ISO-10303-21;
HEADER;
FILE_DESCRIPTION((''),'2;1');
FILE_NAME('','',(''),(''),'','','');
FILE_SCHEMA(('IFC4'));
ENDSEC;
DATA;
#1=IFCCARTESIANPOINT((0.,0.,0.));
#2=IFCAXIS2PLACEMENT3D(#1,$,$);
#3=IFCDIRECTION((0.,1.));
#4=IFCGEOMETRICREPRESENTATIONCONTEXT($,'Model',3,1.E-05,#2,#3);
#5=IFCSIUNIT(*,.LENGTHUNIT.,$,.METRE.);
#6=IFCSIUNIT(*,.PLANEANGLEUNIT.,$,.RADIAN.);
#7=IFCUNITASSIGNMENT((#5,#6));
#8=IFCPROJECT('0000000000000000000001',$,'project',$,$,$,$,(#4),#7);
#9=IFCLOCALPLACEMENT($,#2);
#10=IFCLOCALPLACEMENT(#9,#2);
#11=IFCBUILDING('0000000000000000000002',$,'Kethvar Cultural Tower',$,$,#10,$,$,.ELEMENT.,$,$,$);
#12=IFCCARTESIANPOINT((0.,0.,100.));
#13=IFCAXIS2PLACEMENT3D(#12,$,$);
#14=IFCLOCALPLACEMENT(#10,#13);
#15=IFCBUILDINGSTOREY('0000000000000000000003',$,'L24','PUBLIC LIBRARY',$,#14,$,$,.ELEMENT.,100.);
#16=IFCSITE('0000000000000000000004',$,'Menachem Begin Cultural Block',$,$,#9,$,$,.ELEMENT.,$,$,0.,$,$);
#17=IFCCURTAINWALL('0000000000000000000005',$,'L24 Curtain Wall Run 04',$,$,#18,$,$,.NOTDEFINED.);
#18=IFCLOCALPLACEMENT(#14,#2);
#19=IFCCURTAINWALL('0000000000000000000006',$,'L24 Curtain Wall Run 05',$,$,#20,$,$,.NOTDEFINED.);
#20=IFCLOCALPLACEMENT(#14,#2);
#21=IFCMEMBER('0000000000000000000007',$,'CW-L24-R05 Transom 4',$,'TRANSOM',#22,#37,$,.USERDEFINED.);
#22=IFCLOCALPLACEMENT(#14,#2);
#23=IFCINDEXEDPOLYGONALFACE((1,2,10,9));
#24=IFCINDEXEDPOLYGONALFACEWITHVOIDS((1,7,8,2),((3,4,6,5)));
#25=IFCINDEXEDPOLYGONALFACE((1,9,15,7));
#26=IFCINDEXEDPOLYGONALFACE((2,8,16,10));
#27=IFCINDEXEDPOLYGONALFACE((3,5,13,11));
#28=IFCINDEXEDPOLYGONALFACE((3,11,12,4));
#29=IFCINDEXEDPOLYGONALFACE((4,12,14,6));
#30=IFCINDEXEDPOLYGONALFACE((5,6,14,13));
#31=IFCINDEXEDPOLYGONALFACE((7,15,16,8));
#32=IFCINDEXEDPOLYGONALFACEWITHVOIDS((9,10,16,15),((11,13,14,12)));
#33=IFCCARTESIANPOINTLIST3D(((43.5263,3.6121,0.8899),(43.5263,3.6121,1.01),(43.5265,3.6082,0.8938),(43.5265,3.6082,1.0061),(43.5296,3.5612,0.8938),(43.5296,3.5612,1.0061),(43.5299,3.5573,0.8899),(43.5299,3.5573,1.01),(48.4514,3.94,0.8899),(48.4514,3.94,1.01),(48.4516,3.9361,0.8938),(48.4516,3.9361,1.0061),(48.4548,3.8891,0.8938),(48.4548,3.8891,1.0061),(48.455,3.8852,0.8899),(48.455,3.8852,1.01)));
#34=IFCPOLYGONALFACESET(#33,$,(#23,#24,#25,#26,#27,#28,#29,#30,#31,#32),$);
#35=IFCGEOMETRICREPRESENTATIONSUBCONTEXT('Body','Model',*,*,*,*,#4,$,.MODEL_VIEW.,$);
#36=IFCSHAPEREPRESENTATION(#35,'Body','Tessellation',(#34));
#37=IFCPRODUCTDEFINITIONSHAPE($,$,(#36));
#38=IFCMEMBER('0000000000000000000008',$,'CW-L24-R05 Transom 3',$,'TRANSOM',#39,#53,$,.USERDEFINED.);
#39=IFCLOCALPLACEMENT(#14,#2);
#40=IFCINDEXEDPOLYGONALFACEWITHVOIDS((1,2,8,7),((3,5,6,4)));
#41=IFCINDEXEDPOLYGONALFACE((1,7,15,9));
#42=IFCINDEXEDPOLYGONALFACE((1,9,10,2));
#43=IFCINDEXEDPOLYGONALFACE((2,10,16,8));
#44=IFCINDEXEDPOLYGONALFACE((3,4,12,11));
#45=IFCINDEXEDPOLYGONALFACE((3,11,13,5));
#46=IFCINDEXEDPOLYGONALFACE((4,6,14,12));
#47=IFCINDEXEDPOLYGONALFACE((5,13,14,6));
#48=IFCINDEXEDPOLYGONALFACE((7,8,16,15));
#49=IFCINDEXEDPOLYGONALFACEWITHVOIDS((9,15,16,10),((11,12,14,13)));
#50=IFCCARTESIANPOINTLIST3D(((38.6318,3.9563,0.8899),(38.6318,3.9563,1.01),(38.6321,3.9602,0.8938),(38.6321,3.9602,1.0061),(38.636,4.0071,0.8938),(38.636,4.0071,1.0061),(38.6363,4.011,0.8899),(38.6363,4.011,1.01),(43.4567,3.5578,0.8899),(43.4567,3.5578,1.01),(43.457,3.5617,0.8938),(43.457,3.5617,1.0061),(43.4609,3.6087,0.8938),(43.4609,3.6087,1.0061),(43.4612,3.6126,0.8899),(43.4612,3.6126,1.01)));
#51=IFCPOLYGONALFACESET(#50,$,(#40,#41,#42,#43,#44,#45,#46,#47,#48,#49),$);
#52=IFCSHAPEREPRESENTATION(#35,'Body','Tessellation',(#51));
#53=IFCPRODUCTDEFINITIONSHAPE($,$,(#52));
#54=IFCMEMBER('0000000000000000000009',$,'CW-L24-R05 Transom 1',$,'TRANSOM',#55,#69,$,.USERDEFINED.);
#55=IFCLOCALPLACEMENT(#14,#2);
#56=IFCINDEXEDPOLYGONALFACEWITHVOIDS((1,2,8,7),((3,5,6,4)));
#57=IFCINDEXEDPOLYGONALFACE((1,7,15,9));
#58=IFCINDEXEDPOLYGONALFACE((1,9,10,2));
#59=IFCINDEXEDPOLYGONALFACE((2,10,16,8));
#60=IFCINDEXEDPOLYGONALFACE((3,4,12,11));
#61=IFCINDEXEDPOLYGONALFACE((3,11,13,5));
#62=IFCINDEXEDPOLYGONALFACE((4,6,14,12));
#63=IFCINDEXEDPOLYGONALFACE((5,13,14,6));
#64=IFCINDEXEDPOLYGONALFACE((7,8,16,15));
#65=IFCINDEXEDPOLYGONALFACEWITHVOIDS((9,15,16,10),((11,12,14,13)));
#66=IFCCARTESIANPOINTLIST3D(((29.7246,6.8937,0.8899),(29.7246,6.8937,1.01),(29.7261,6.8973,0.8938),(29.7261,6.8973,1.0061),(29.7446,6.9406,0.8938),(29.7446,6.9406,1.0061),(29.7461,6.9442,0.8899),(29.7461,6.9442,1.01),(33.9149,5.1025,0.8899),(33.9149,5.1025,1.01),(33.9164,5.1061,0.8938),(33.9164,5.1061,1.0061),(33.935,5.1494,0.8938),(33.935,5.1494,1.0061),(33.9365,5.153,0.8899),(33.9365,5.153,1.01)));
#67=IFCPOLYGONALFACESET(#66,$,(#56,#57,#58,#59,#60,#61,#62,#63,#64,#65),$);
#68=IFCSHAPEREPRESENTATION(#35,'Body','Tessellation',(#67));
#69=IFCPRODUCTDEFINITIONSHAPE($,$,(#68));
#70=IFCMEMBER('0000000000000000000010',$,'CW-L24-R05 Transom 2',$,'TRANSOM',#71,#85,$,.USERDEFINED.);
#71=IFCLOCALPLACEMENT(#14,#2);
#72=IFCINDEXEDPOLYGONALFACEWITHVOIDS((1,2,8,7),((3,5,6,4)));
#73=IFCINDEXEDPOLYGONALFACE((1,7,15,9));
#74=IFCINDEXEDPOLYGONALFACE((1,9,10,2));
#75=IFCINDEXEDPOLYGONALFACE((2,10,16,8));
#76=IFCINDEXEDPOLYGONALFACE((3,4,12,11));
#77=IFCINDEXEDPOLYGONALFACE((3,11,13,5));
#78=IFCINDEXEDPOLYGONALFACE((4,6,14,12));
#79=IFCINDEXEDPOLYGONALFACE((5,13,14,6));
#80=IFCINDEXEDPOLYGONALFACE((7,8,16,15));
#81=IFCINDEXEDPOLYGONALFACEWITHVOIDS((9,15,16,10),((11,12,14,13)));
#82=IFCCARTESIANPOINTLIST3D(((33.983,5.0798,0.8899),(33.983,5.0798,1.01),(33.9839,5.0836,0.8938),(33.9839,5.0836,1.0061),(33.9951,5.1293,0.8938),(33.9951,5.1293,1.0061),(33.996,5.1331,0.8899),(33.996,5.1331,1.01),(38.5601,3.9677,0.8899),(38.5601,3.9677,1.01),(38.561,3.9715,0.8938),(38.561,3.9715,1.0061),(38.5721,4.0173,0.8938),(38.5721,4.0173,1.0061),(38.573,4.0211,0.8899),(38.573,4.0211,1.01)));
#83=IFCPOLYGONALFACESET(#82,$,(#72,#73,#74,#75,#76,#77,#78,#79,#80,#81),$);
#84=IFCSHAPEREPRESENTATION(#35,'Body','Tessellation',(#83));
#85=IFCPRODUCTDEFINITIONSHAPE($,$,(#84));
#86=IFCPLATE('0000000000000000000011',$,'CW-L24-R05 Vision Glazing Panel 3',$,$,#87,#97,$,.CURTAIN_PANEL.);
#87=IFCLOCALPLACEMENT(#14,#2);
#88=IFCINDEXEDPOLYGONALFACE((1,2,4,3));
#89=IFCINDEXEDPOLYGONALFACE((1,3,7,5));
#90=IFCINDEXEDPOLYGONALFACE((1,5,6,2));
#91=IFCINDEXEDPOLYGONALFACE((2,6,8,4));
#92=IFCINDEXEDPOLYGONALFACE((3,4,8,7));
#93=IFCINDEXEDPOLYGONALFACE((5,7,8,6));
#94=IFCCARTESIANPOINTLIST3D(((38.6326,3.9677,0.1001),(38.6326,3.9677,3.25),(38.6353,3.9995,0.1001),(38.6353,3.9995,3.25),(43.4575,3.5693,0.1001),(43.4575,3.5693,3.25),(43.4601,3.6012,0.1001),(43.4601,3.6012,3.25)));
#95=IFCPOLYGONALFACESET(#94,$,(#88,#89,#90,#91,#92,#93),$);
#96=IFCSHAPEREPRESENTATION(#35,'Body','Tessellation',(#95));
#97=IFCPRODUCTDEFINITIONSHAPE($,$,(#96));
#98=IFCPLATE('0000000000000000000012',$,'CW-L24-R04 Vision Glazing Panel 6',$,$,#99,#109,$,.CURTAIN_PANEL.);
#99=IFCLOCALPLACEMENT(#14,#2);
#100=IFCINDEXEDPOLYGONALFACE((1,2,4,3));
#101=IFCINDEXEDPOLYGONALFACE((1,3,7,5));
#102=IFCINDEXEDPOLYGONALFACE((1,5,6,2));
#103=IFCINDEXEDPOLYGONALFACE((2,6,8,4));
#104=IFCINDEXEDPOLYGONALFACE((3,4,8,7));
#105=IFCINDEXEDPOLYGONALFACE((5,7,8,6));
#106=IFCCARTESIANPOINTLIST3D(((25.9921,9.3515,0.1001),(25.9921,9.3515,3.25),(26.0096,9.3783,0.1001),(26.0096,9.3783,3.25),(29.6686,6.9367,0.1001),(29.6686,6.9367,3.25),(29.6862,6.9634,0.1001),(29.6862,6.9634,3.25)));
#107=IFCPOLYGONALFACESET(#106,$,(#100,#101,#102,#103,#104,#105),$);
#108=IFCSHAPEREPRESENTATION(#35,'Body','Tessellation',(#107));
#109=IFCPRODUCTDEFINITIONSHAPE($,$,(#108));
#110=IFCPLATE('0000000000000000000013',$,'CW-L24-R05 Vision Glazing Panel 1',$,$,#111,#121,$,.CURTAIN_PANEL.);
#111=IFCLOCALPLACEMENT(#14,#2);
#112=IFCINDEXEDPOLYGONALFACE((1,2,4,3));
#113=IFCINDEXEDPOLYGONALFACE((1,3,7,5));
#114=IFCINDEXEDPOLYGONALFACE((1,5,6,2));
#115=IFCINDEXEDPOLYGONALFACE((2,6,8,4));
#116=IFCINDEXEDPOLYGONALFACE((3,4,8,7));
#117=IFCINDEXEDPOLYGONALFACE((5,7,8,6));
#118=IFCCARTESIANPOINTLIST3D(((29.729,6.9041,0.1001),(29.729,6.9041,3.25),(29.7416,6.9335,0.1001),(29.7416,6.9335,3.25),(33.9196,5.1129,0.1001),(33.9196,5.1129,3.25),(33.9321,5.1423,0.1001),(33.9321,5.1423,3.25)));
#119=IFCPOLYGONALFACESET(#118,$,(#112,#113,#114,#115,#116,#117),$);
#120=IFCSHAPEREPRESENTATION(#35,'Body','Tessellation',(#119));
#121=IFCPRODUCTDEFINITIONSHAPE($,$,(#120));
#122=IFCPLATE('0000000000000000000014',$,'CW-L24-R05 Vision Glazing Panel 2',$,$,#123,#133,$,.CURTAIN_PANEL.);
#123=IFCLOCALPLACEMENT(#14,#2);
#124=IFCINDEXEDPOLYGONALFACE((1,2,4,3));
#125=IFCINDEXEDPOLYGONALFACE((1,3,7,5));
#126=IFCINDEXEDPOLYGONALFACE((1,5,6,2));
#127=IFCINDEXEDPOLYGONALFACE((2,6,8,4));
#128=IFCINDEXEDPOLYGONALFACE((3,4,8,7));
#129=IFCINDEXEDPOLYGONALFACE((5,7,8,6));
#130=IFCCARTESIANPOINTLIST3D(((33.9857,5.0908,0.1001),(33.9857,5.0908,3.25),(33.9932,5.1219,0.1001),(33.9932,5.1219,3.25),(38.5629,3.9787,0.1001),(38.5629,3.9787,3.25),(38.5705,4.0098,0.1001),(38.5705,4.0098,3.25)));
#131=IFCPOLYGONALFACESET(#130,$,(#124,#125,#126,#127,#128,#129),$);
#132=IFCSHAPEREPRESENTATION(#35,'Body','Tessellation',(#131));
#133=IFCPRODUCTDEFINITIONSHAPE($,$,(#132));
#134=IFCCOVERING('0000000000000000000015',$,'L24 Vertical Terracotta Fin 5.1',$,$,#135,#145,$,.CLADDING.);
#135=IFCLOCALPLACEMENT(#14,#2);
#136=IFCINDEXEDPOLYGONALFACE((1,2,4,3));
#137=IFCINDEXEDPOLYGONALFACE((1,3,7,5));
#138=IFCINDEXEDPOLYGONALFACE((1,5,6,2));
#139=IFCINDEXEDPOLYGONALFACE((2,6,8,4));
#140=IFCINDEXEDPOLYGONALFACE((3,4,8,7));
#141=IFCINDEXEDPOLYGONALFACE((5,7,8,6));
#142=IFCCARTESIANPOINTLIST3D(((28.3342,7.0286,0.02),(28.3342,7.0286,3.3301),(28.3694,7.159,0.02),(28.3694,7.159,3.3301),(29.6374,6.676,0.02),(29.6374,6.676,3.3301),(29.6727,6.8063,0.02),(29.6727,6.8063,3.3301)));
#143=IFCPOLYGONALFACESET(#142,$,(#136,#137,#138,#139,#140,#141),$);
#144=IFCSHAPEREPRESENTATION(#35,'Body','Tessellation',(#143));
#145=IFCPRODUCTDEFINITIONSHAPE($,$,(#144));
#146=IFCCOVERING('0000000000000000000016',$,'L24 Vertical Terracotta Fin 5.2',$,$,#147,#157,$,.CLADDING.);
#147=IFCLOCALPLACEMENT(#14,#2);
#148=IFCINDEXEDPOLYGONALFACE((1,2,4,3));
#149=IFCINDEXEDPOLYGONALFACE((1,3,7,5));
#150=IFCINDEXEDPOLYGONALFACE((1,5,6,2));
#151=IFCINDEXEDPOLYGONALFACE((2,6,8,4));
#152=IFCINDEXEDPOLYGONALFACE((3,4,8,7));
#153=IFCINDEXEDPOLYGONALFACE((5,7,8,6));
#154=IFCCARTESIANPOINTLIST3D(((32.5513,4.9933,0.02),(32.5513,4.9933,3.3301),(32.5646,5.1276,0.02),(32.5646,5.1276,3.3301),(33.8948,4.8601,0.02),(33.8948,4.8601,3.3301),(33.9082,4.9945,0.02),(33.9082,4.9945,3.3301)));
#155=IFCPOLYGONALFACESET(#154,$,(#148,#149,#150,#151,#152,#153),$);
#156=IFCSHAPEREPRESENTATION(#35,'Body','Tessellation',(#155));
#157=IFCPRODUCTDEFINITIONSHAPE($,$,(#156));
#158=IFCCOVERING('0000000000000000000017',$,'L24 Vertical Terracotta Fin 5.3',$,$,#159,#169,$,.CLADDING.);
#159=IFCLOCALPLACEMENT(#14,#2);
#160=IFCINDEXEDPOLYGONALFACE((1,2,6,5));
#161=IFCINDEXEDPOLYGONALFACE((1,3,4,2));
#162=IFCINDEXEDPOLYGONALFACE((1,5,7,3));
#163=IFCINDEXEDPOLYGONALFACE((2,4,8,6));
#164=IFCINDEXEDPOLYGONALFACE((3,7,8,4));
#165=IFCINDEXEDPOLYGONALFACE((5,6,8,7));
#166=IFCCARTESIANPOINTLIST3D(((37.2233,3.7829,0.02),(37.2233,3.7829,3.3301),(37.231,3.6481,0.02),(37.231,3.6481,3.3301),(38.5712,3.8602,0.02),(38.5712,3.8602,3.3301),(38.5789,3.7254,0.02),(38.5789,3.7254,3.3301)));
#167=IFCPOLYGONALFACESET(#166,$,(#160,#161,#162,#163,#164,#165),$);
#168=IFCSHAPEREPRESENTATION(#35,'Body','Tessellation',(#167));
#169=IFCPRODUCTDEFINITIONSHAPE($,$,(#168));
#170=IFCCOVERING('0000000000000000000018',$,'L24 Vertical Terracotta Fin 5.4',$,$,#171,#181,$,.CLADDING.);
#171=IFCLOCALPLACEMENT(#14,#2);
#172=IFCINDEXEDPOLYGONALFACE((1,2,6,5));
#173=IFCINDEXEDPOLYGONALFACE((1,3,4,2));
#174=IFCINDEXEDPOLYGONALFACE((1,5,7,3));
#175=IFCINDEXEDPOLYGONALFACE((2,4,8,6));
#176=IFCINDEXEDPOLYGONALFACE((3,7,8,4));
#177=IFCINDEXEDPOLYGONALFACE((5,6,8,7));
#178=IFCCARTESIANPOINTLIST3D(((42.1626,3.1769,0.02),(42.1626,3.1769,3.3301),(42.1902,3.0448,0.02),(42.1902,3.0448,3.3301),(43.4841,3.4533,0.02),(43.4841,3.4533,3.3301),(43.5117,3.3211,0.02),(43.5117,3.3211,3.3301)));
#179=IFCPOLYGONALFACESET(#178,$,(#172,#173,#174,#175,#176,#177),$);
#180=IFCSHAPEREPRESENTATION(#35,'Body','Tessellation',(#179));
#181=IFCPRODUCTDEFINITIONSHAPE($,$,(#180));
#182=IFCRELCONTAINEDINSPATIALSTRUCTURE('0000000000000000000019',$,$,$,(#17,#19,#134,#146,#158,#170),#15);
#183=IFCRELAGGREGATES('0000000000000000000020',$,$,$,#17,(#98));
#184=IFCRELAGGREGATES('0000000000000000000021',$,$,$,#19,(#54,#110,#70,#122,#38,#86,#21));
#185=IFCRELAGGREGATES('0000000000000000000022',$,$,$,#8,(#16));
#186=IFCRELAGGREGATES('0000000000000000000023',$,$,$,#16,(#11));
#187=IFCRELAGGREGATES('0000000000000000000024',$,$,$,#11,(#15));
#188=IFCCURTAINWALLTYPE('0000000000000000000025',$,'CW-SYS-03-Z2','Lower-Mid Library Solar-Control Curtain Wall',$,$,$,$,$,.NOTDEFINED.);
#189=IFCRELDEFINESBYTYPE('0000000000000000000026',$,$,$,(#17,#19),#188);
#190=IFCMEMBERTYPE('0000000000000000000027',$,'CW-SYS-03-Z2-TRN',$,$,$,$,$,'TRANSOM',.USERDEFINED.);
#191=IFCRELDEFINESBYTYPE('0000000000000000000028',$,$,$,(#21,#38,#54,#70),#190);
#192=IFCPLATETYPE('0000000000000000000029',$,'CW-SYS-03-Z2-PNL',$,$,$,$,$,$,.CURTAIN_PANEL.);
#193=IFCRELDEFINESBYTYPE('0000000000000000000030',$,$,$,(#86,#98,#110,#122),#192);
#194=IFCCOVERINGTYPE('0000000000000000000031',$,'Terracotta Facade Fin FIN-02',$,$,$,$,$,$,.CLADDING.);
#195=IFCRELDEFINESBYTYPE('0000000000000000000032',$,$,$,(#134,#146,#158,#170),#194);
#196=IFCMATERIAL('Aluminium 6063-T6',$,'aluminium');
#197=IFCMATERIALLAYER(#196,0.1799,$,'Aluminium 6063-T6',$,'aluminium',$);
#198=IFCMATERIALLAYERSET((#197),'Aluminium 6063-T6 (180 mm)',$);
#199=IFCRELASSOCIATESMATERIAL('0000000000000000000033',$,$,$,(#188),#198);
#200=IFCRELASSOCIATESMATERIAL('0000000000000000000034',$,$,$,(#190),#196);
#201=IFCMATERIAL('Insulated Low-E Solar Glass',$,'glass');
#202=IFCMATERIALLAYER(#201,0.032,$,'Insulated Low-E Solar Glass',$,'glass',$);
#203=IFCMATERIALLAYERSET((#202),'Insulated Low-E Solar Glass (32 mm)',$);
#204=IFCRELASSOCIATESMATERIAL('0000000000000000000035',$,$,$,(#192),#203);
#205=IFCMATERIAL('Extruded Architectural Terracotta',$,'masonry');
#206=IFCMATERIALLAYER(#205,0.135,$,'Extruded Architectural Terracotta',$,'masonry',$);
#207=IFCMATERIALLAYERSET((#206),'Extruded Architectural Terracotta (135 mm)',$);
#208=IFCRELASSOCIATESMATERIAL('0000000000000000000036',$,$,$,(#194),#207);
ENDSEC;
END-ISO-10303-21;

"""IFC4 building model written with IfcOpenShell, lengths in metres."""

from ifc_helpers import new_model, si_unit, direction, frame, origin, origin_2d, place, context, subcontext, project, spatial, rectangle, hollow_rectangle, extrude, source, transform, mapped, material, layer, layer_set, material_profile, profile_set, type_object, element, aggregate, save


model = new_model("IFC4")

# Units and contexts
model_context = context("Model", 3, precision=1e-05, world=origin(), true_north=direction((0.0, 1.0)))
body_context = subcontext(model_context, "Body", "Model", "MODEL_VIEW")
ifc_project = project(units=[si_unit("LENGTHUNIT", "METRE"), si_unit("PLANEANGLEUNIT", "RADIAN")], contexts=[model_context])

# Site, building, storey
site_placement = place(None, origin())
site = spatial("IfcSite", under=ifc_project, at=site_placement, Name="Menachem Begin Cultural Block", CompositionType="ELEMENT", RefElevation=0.0)
building_placement = place(site_placement, origin())
building = spatial("IfcBuilding", under=site, at=building_placement, Name="Kethvar Cultural Tower", CompositionType="ELEMENT")
storey_placement = place(building_placement, frame((0.0, 0.0, 100.0)))
storey = spatial("IfcBuildingStorey", under=building, at=storey_placement, Name="L24", Description="PUBLIC LIBRARY", CompositionType="ELEMENT", Elevation=100.0)

# Curtain wall
ifc_material_1 = material(Name="Aluminium 6063-T6", Category="aluminium")
ifc_layer_1 = layer(ifc_material_1, 0.1799, Name="Aluminium 6063-T6", Category="aluminium")
ifc_layer_set_1 = layer_set([ifc_layer_1], Name="Aluminium 6063-T6 (180 mm)")
curtain_wall_type = type_object("IfcCurtainWallType", Name="CW-SYS-03-Z2", Description="Lower-Mid Library Solar-Control Curtain Wall", PredefinedType="NOTDEFINED", material=ifc_layer_set_1)
curtain_wall_1_placement = place(storey_placement, origin())
curtain_wall_1 = element("IfcCurtainWall", 1, at=curtain_wall_1_placement, inside=storey, type_object=curtain_wall_type, Name="L24 Curtain Wall Run 04", PredefinedType="NOTDEFINED")

# Curtain wall, members, plate
curtain_wall_2_placement = place(storey_placement, origin())
curtain_wall_2 = element("IfcCurtainWall", 2, at=curtain_wall_2_placement, inside=storey, type_object=curtain_wall_type, Name="L24 Curtain Wall Run 05", PredefinedType="NOTDEFINED")
ifc_material_profile_1 = material_profile(ifc_material_1, hollow_rectangle(XDim=0.0549, YDim=0.1201, WallThickness=0.0039, at=origin_2d()), Name="Aluminium 6063-T6 — RHS120x55x4")
ifc_profile_set_1 = profile_set([ifc_material_profile_1], Name="Aluminium 6063-T6 — RHS120x55x4")
member_type_1 = type_object("IfcMemberType", Name="CW-SYS-03-Z2-TRN", ElementType="TRANSOM", PredefinedType="USERDEFINED", material=ifc_profile_set_1)
shared_shape_1 = source(origin(), body_context, "Body", "SweptSolid", [
    extrude(hollow_rectangle(XDim=0.0549, YDim=0.1201, WallThickness=0.0039, at=origin_2d()), origin(), (0.0, 0.0, 1.0), 4.936),
])
member_1_placement = place(storey_placement, frame((43.5281, 3.5847, 0.95), z_axis=(0.997791, 0.066427, 0.0), x_axis=(-0.066427, 0.997791, 0.0)))
member_1 = element("IfcMember", 3, at=member_1_placement, type_object=member_type_1, Name="CW-L24-R05 Transom 4", ObjectType="TRANSOM", PredefinedType="USERDEFINED", context=body_context, shape_type="MappedRepresentation", body=[
    mapped(shared_shape_1, transform((0.0, 0.0, 0.0), scale=1.0)),
])
shared_shape_2 = source(origin(), body_context, "Body", "SweptSolid", [
    extrude(hollow_rectangle(XDim=0.0549, YDim=0.1201, WallThickness=0.0039, at=origin_2d()), origin(), (0.0, 0.0, 1.0), 4.8413),
])
member_2_placement = place(storey_placement, frame((38.634, 3.9836, 0.95), z_axis=(0.996608, -0.082298, 0.0), x_axis=(0.082298, 0.996608, 0.0)))
member_2 = element("IfcMember", 4, at=member_2_placement, type_object=member_type_1, Name="CW-L24-R05 Transom 3", ObjectType="TRANSOM", PredefinedType="USERDEFINED", context=body_context, shape_type="MappedRepresentation", body=[
    mapped(shared_shape_2, transform((0.0, 0.0, 0.0), scale=1.0)),
])
shared_shape_3 = source(origin(), body_context, "Body", "SweptSolid", [
    extrude(hollow_rectangle(XDim=0.0549, YDim=0.1201, WallThickness=0.0039, at=origin_2d()), origin(), (0.0, 0.0, 1.0), 4.5571),
])
member_3_placement = place(storey_placement, frame((29.7354, 6.9189, 0.95), z_axis=(0.919513, -0.393059, 0.0), x_axis=(0.393059, 0.919513, 0.0)))
member_3 = element("IfcMember", 5, at=member_3_placement, type_object=member_type_1, Name="CW-L24-R05 Transom 1", ObjectType="TRANSOM", PredefinedType="USERDEFINED", context=body_context, shape_type="MappedRepresentation", body=[
    mapped(shared_shape_3, transform((0.0, 0.0, 0.0), scale=1.0)),
])
shared_shape_4 = source(origin(), body_context, "Body", "SweptSolid", [
    extrude(hollow_rectangle(XDim=0.0549, YDim=0.1201, WallThickness=0.0039, at=origin_2d()), origin(), (0.0, 0.0, 1.0), 4.7102),
])
member_4_placement = place(storey_placement, frame((33.9895, 5.1064, 0.95), z_axis=(0.971731, -0.236091, 0.0), x_axis=(0.236091, 0.971731, 0.0)))
member_4 = element("IfcMember", 6, at=member_4_placement, type_object=member_type_1, Name="CW-L24-R05 Transom 2", ObjectType="TRANSOM", PredefinedType="USERDEFINED", context=body_context, shape_type="MappedRepresentation", body=[
    mapped(shared_shape_4, transform((0.0, 0.0, 0.0), scale=1.0)),
])
ifc_material_2 = material(Name="Insulated Low-E Solar Glass", Category="glass")
ifc_layer_2 = layer(ifc_material_2, 0.032, Name="Insulated Low-E Solar Glass", Category="glass")
ifc_layer_set_2 = layer_set([ifc_layer_2], Name="Insulated Low-E Solar Glass (32 mm)")
plate_type = type_object("IfcPlateType", Name="CW-SYS-03-Z2-PNL", PredefinedType="CURTAIN_PANEL", material=ifc_layer_set_2)
shared_shape_5 = source(origin(), body_context, "Body", "SweptSolid", [
    extrude(rectangle(XDim=4.8413, YDim=0.032, at=origin_2d()), origin(), (0.0, 0.0, 1.0), 3.1499),
])
plate_1_placement = place(storey_placement, frame((41.0464, 3.7844, 0.1001), z_axis=(0.0, 0.0, 1.0), x_axis=(0.996609, -0.082286, 0.0)))
plate_1 = element("IfcPlate", 7, at=plate_1_placement, type_object=plate_type, Name="CW-L24-R05 Vision Glazing Panel 3", PredefinedType="CURTAIN_PANEL", context=body_context, shape_type="MappedRepresentation", body=[
    mapped(shared_shape_5, transform((0.0, 0.0, 0.0), scale=1.0)),
])

# Plates
shared_shape_6 = source(origin(), body_context, "Body", "SweptSolid", [
    extrude(rectangle(XDim=4.3987, YDim=0.032, at=origin_2d()), origin(), (0.0, 0.0, 1.0), 3.1499),
])
plate_2_placement = place(storey_placement, frame((27.8391, 8.1575, 0.1001), z_axis=(0.0, 0.0, 1.0), x_axis=(0.835827, -0.548994, 0.0)))
plate_2 = element("IfcPlate", 8, at=plate_2_placement, type_object=plate_type, Name="CW-L24-R04 Vision Glazing Panel 6", PredefinedType="CURTAIN_PANEL", context=body_context, shape_type="MappedRepresentation", body=[
    mapped(shared_shape_6, transform((0.0, 0.0, 0.0), scale=1.0)),
])
aggregate(curtain_wall_1, [plate_2])
shared_shape_7 = source(origin(), body_context, "Body", "SweptSolid", [
    extrude(rectangle(XDim=4.5574, YDim=0.032, at=origin_2d()), origin(), (0.0, 0.0, 1.0), 3.1499),
])
plate_3_placement = place(storey_placement, frame((31.8306, 6.0232, 0.1001), z_axis=(0.0, 0.0, 1.0), x_axis=(0.91952, -0.393043, 0.0)))
plate_3 = element("IfcPlate", 9, at=plate_3_placement, type_object=plate_type, Name="CW-L24-R05 Vision Glazing Panel 1", PredefinedType="CURTAIN_PANEL", context=body_context, shape_type="MappedRepresentation", body=[
    mapped(shared_shape_7, transform((0.0, 0.0, 0.0), scale=1.0)),
])
shared_shape_8 = source(origin(), body_context, "Body", "SweptSolid", [
    extrude(rectangle(XDim=4.7104, YDim=0.032, at=origin_2d()), origin(), (0.0, 0.0, 1.0), 3.1499),
])
plate_4_placement = place(storey_placement, frame((36.2781, 4.5503, 0.1001), z_axis=(0.0, 0.0, 1.0), x_axis=(0.971731, -0.236092, 0.0)))
plate_4 = element("IfcPlate", 10, at=plate_4_placement, type_object=plate_type, Name="CW-L24-R05 Vision Glazing Panel 2", PredefinedType="CURTAIN_PANEL", context=body_context, shape_type="MappedRepresentation", body=[
    mapped(shared_shape_8, transform((0.0, 0.0, 0.0), scale=1.0)),
])
aggregate(curtain_wall_2, [member_3, plate_3, member_4, plate_4, member_2, plate_1, member_1])

# Coverings
ifc_material_3 = material(Name="Extruded Architectural Terracotta", Category="masonry")
ifc_layer_3 = layer(ifc_material_3, 0.135, Name="Extruded Architectural Terracotta", Category="masonry")
ifc_layer_set_3 = layer_set([ifc_layer_3], Name="Extruded Architectural Terracotta (135 mm)")
covering_type = type_object("IfcCoveringType", Name="Terracotta Facade Fin FIN-02", PredefinedType="CLADDING", material=ifc_layer_set_3)
shared_shape_9 = source(origin(), body_context, "Body", "SweptSolid", [
    extrude(rectangle(XDim=1.3501, YDim=0.135, at=origin_2d()), origin(), (0.0, 0.0, 1.0), 3.3101),
])
for number, where, z_axis, x_axis, name in (
    (11, (29.0034, 6.9175, 0.02), (0.0, 0.0, 1.0), (-0.965291, 0.261178, 0.0), "L24 Vertical Terracotta Fin 5.1"),
    (12, (33.2297, 4.9939, 0.02), (0.0, 0.0, 1.0), (-0.995125, 0.098625, 0.0), "L24 Vertical Terracotta Fin 5.2"),
    (13, (37.9011, 3.7542, 0.02), (0.0, 0.0, 1.0), (-0.998362, -0.057216, 0.0), "L24 Vertical Terracotta Fin 5.3"),
    (14, (42.8372, 3.249, 0.02), (0.0, 0.0, 1.0), (-0.978832, -0.204667, 0.0), "L24 Vertical Terracotta Fin 5.4"),
):
    element("IfcCovering", number, at=place(storey_placement, frame(where, z_axis=z_axis, x_axis=x_axis)), inside=storey, type_object=covering_type, Name=name, PredefinedType="CLADDING", context=body_context, shape_type="MappedRepresentation", body=[
        mapped(shared_shape_9, transform((0.0, 0.0, 0.0), scale=1.0)),
    ])

save(model, "model.ifc")
